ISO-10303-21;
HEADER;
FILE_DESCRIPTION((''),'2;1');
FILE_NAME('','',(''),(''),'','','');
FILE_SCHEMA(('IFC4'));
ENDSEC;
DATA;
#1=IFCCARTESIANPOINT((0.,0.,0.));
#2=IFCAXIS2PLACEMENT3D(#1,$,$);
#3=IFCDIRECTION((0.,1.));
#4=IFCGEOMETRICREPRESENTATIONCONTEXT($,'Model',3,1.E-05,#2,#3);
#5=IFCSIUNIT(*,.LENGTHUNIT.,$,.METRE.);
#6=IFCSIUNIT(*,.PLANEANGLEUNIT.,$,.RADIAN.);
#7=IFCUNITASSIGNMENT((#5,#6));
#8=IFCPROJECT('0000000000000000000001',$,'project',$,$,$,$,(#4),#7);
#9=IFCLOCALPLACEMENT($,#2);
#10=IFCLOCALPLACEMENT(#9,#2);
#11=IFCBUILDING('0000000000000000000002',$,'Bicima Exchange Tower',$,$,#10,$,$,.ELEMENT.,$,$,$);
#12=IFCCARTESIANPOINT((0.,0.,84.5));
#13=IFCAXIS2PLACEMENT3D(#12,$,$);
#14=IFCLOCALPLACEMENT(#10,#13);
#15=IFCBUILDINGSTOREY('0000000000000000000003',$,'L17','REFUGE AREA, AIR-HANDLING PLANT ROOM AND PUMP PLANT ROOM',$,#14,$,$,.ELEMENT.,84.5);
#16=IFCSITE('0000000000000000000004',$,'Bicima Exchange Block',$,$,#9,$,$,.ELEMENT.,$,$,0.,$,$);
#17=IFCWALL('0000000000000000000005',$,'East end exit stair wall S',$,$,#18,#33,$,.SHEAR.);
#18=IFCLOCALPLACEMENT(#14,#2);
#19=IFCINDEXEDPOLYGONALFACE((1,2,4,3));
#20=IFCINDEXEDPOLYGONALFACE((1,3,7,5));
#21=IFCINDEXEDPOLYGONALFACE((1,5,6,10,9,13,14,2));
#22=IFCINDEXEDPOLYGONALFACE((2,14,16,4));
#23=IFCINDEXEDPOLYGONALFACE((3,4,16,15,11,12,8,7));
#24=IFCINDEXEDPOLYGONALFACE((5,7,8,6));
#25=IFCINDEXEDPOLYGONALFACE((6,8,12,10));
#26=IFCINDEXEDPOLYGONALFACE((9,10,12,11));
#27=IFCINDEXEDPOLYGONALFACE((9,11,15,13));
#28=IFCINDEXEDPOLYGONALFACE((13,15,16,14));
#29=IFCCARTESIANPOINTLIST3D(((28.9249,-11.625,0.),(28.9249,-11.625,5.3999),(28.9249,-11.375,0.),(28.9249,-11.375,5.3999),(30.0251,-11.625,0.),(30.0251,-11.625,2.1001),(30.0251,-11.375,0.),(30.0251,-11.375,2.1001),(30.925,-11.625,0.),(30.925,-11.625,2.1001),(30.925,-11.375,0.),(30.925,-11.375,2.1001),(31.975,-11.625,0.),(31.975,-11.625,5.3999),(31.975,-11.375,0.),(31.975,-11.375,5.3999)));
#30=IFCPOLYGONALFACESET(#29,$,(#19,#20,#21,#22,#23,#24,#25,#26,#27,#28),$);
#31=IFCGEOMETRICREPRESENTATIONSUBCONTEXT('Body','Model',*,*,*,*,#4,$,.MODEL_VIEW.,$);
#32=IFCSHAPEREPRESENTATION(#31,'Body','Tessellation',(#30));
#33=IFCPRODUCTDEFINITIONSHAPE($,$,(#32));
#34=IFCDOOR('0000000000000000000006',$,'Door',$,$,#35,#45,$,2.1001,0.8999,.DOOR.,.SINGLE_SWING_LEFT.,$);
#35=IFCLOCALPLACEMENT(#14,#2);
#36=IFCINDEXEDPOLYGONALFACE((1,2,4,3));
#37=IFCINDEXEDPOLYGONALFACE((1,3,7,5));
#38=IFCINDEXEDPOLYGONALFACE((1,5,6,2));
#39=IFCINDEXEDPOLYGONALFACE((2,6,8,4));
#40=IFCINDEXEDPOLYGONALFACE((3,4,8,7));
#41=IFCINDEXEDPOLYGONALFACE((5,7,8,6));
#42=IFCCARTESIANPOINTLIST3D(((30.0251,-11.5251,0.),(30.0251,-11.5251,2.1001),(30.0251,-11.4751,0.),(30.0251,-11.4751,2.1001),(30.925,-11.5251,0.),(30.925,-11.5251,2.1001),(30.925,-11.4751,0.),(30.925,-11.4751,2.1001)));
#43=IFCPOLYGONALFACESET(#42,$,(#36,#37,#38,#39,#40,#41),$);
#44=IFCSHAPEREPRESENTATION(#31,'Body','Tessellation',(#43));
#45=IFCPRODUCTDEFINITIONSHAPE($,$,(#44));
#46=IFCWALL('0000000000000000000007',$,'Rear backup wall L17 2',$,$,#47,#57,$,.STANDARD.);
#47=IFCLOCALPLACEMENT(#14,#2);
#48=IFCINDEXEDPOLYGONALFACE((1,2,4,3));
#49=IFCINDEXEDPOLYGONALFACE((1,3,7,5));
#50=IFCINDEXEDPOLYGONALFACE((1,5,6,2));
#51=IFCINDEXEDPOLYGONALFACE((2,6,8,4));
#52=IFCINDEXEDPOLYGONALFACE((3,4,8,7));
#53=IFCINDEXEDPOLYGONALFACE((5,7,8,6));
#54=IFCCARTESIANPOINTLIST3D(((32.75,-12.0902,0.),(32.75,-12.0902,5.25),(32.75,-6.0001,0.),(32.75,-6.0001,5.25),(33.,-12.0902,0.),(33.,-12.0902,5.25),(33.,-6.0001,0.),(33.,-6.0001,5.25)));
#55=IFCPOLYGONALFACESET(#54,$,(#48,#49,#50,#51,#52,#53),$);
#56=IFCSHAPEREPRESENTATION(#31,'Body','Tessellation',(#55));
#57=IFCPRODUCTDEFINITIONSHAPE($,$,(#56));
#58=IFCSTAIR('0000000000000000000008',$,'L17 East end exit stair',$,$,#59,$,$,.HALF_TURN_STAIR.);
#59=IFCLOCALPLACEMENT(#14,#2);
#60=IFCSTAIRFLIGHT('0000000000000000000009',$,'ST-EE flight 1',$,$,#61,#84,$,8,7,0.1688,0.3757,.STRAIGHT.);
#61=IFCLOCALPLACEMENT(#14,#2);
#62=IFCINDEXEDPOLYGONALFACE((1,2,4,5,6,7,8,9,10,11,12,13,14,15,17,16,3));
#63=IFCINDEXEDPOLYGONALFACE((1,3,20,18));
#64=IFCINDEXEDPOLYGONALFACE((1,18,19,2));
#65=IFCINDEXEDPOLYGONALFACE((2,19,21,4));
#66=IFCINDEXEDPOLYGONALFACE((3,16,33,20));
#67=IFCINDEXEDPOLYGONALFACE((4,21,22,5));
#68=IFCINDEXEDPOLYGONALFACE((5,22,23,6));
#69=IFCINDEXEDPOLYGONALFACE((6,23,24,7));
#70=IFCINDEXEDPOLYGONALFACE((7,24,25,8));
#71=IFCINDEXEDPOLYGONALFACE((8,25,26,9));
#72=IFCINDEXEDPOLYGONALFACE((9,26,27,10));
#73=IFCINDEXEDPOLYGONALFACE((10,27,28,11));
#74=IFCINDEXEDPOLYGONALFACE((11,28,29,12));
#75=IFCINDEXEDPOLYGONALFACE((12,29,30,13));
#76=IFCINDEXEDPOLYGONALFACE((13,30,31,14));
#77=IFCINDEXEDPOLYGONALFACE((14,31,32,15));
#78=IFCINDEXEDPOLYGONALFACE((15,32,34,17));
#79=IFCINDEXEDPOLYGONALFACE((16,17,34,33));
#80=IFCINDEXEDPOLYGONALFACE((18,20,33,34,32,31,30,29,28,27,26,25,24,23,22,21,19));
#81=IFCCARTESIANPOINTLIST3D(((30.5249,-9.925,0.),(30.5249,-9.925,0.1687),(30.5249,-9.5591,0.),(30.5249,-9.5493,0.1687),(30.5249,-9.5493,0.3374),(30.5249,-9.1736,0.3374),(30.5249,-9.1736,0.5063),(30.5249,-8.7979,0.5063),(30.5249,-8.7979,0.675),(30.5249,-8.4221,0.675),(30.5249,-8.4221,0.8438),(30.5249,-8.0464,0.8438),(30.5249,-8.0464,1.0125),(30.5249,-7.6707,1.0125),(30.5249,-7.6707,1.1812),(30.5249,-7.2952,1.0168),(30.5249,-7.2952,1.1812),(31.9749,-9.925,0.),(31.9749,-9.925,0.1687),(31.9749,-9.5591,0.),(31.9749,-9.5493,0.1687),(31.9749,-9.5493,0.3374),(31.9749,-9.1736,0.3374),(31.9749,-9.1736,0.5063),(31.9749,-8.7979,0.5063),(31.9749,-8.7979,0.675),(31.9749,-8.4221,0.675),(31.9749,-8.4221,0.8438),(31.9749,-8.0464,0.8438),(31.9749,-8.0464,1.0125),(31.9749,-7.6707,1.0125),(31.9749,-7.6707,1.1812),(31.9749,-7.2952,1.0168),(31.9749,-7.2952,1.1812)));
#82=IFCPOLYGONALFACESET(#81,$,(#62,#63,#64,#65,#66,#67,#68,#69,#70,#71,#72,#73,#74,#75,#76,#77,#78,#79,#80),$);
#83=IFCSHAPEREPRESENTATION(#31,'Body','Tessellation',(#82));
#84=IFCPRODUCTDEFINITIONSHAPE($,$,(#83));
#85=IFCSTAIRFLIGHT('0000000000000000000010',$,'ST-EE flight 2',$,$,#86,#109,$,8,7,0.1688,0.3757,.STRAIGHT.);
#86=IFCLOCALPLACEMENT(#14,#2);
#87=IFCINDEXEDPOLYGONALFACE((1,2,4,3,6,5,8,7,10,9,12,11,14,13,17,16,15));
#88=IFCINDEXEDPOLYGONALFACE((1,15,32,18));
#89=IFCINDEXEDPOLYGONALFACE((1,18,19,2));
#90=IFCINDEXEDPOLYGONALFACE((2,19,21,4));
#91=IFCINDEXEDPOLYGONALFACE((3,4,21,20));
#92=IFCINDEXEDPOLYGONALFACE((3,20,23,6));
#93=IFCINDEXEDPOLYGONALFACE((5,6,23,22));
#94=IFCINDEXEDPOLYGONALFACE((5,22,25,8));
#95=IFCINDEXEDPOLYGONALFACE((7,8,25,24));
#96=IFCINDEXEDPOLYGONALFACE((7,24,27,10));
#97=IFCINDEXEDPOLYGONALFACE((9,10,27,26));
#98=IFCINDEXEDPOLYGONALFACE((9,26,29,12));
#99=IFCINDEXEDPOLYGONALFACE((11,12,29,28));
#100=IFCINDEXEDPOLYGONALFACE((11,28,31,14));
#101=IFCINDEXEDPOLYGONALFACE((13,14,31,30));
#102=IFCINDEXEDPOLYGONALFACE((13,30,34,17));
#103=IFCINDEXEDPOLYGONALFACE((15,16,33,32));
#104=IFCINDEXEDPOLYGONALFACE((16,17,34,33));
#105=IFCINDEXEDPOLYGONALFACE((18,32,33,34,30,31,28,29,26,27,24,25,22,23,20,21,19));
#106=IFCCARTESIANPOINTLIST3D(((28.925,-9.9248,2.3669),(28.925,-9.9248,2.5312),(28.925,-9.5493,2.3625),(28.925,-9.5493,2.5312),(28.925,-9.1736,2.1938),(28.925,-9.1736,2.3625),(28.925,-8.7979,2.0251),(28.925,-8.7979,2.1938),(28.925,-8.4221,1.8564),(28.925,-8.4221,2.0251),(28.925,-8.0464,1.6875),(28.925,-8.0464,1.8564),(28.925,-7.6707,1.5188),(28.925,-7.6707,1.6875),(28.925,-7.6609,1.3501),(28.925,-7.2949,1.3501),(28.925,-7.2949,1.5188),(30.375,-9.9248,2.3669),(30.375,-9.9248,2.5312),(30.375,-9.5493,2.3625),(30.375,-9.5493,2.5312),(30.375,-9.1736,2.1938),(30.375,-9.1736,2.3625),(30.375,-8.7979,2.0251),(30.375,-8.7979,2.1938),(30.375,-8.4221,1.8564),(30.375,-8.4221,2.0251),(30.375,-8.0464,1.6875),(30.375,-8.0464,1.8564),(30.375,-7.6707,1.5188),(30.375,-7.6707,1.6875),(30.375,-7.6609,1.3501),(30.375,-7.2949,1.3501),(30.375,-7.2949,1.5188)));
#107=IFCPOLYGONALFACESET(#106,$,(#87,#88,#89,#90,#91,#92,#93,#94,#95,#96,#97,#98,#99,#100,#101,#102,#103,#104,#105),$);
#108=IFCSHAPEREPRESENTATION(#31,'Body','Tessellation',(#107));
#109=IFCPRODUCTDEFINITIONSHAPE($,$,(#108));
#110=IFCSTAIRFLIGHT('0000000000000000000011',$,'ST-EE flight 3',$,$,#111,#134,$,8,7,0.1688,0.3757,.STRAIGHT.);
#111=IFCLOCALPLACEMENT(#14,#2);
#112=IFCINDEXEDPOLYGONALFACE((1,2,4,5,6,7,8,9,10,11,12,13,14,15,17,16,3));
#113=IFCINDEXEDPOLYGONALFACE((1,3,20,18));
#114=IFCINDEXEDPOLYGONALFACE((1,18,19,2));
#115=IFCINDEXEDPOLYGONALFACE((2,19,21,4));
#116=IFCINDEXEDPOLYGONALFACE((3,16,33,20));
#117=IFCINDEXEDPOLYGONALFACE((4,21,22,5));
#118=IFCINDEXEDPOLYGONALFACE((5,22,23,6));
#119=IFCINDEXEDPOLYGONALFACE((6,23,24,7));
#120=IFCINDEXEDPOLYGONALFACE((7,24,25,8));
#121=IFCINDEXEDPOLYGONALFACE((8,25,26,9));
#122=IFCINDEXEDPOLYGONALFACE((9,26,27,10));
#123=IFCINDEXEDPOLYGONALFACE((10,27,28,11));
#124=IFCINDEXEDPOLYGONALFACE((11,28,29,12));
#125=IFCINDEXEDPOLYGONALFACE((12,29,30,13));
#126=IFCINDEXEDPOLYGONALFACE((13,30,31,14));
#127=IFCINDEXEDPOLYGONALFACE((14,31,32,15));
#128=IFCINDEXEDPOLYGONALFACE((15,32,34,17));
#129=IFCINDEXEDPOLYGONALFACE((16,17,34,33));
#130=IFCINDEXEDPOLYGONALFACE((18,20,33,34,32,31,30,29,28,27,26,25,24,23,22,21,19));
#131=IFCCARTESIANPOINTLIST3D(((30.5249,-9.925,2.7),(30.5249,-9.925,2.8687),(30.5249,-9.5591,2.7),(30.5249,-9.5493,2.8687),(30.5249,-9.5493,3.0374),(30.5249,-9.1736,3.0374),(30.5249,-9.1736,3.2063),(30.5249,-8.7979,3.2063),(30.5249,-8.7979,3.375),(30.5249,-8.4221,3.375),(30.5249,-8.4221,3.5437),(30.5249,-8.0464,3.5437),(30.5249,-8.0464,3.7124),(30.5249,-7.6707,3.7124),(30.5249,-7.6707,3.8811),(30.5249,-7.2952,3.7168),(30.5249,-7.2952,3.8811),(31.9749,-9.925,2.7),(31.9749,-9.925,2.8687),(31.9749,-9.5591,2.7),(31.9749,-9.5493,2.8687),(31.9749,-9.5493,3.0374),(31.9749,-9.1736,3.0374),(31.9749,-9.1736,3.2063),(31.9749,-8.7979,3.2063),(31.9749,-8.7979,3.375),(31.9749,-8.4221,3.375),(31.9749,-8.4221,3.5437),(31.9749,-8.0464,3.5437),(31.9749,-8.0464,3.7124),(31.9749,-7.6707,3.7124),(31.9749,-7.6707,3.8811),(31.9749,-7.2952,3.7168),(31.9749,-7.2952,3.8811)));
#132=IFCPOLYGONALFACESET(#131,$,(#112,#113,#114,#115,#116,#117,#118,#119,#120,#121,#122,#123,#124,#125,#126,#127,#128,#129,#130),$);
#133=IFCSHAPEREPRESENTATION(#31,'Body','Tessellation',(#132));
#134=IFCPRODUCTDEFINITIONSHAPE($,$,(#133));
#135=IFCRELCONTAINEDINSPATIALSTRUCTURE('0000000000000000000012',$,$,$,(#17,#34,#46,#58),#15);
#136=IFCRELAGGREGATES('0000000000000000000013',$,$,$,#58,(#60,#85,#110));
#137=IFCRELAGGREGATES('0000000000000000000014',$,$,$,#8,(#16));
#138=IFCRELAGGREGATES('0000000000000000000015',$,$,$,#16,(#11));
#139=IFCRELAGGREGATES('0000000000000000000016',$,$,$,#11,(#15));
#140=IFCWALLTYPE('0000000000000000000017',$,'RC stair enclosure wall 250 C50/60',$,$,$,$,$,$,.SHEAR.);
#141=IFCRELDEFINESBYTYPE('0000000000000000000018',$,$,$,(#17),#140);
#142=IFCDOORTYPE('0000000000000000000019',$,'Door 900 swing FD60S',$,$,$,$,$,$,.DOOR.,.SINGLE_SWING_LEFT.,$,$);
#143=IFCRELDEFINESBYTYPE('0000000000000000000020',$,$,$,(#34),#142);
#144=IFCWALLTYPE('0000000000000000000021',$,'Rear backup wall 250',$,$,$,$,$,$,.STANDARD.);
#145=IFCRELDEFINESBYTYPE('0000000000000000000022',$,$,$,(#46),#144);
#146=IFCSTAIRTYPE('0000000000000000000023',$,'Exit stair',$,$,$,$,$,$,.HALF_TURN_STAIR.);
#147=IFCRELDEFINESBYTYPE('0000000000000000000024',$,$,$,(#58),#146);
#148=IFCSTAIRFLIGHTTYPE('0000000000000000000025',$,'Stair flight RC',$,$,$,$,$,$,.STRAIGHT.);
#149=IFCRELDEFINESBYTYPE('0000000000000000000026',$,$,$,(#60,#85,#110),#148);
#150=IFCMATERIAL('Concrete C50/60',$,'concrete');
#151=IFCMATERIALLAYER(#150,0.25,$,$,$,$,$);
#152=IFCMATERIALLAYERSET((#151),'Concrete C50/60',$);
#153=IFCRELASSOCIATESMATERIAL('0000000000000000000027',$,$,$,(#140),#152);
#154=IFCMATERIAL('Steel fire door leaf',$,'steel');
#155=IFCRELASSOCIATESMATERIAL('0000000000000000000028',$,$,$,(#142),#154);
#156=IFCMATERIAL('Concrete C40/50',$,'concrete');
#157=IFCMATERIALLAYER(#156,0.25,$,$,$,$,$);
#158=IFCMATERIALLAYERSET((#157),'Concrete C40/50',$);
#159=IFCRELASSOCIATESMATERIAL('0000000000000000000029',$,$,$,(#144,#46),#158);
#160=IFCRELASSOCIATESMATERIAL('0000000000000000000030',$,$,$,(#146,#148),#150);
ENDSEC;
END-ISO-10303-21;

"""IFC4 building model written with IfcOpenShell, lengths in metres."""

from ifc_helpers import new_model, si_unit, direction, frame, frame_2d, origin, place, context, subcontext, project, spatial, polyline, rectangle, outline, extrude, material, layer, layer_set, layer_usage, type_object, element, fill, aggregate, save


model = new_model("IFC4")

# Units and contexts
model_context = context("Model", 3, precision=1e-05, world=origin(), true_north=direction((0.0, 1.0)))
body_context = subcontext(model_context, "Body", "Model", "MODEL_VIEW")
ifc_project = project(units=[si_unit("LENGTHUNIT", "METRE"), si_unit("PLANEANGLEUNIT", "RADIAN")], contexts=[model_context])

# Site, building, storey
site_placement = place(None, origin())
site = spatial("IfcSite", under=ifc_project, at=site_placement, Name="Bicima Exchange Block", CompositionType="ELEMENT", RefElevation=0.0)
building_placement = place(site_placement, origin())
building = spatial("IfcBuilding", under=site, at=building_placement, Name="Bicima Exchange Tower", CompositionType="ELEMENT")
storey_placement = place(building_placement, frame((0.0, 0.0, 84.5)))
storey = spatial("IfcBuildingStorey", under=building, at=storey_placement, Name="L17", Description="REFUGE AREA, AIR-HANDLING PLANT ROOM AND PUMP PLANT ROOM", CompositionType="ELEMENT", Elevation=84.5)

# Shared definitions
ifc_material_1 = material(Name="Steel fire door leaf", Category="steel")

# Shared definitions
ifc_material_2 = material(Name="Concrete C50/60", Category="concrete")
ifc_layer_1 = layer(ifc_material_2, 0.25)
ifc_layer_set_1 = layer_set([ifc_layer_1], Name="Concrete C50/60")
wall_type_1 = type_object("IfcWallType", Name="RC stair enclosure wall 250 C50/60", PredefinedType="SHEAR", material=ifc_layer_set_1)

# Wall, opening, door
wall_1_placement = place(storey_placement, frame((28.925, -11.5, 0.0), z_axis=(0.0, 0.0, 1.0), x_axis=(1.0, 0.0, 0.0)))
wall_1 = element("IfcWall", 1, at=wall_1_placement, inside=storey, type_object=wall_type_1, Name="East end exit stair wall S", PredefinedType="SHEAR", context=body_context, shape_type="SweptSolid", body=[
    extrude(rectangle(XDim=3.05, YDim=0.25, at=frame_2d((1.5249, 0.0))), origin(), (0.0, 0.0, 1.0), 5.3999),
])
opening_1_placement = place(wall_1_placement, frame((1.1001, 0.0, 0.0)))
opening_1 = element("IfcOpeningElement", 2, at=opening_1_placement, cuts=wall_1, PredefinedType="OPENING", context=body_context, shape_type="SweptSolid", body=[
    extrude(rectangle(XDim=0.8999, YDim=2.1001, at=frame_2d((0.45, 1.05))), frame((0.0, 0.137, 0.0), z_axis=(0.0, -1.0, 0.0), x_axis=(1.0, 0.0, 0.0)), (0.0, 0.0, 1.0), 0.2739),
])
door_type_1 = type_object("IfcDoorType", Name="Door 900 swing FD60S", OperationType="SINGLE_SWING_LEFT", PredefinedType="DOOR", material=ifc_material_1)
door_1_placement = place(opening_1_placement, origin())
door_1 = element("IfcDoor", 3, at=door_1_placement, inside=storey, type_object=door_type_1, Name="Door", OperationType="SINGLE_SWING_LEFT", OverallHeight=2.1001, OverallWidth=0.8999, PredefinedType="DOOR", context=body_context, shape_type="SweptSolid", body=[
    extrude(rectangle(XDim=0.8999, YDim=2.1001, at=frame_2d((0.45, 1.05))), frame((0.0, 0.0249, 0.0), z_axis=(0.0, -1.0, 0.0), x_axis=(1.0, 0.0, 0.0)), (0.0, 0.0, 1.0), 0.05),
])
fill(opening_1, door_1)

# Wall
ifc_material_3 = material(Name="Concrete C40/50", Category="concrete")
ifc_layer_2 = layer(ifc_material_3, 0.25)
ifc_layer_set_2 = layer_set([ifc_layer_2], Name="Concrete C40/50")
ifc_layer_usage = layer_usage(ifc_layer_set_2, "AXIS2", "POSITIVE", -0.125)
wall_type_2 = type_object("IfcWallType", Name="Rear backup wall 250", PredefinedType="STANDARD", material=ifc_layer_set_2)
wall_2_placement = place(storey_placement, frame((32.875, -12.0901, 0.0), z_axis=(0.0, 0.0, 1.0), x_axis=(0.0, 1.0, 0.0)))
element("IfcWall", 4, at=wall_2_placement, inside=storey, type_object=wall_type_2, material=ifc_layer_usage, Name="Rear backup wall L17 2", PredefinedType="STANDARD", context=body_context, shape_type="SweptSolid", body=[
    extrude(rectangle(XDim=6.0901, YDim=0.25, at=frame_2d((3.0449, 0.0))), origin(), (0.0, 0.0, 1.0), 5.25),
])

# Stair, stair flights
stair_type = type_object("IfcStairType", Name="Exit stair", PredefinedType="HALF_TURN_STAIR", material=ifc_material_2)
stair_placement = place(storey_placement, origin())
stair = element("IfcStair", 5, at=stair_placement, inside=storey, type_object=stair_type, Name="L17 East end exit stair", PredefinedType="HALF_TURN_STAIR")
stair_flight_type = type_object("IfcStairFlightType", Name="Stair flight RC", PredefinedType="STRAIGHT", material=ifc_material_2)
stair_flight_1_placement = place(storey_placement, frame((31.25, -9.925, 0.0), z_axis=(0.0, 0.0, 1.0), x_axis=(0.0, 1.0, 0.0)))
stair_flight_1 = element("IfcStairFlight", 6, at=stair_flight_1_placement, type_object=stair_flight_type, Name="ST-EE flight 1", NumberOfRisers=8, NumberOfTreads=7, PredefinedType="STRAIGHT", RiserHeight=0.1688, TreadLength=0.3757, context=body_context, shape_type="SweptSolid", body=[
    extrude(outline(polyline([(0.0, 0.0), (0.0, 0.1687), (0.3757, 0.1687), (0.3757, 0.3374), (0.7515, 0.3374), (0.7515, 0.5063), (1.1272, 0.5063), (1.1272, 0.675), (1.5029, 0.675), (1.5029, 0.8438), (1.8787, 0.8438), (1.8787, 1.0125), (2.2544, 1.0125), (2.2544, 1.1812), (2.6299, 1.1812), (2.6299, 1.3501), (2.6299, 1.0168), (0.366, 0.0), (0.0, 0.0)])), frame((0.0, 0.7251, 0.0), z_axis=(0.0, -1.0, 0.0), x_axis=(1.0, 0.0, 0.0)), (0.0, 0.0, 1.0), 1.45),
])
stair_flight_2_placement = place(storey_placement, frame((29.6499, -7.2949, 1.3501), z_axis=(0.0, 0.0, 1.0), x_axis=(0.0, -1.0, 0.0)))
stair_flight_2 = element("IfcStairFlight", 7, at=stair_flight_2_placement, type_object=stair_flight_type, Name="ST-EE flight 2", NumberOfRisers=8, NumberOfTreads=7, PredefinedType="STRAIGHT", RiserHeight=0.1688, TreadLength=0.3757, context=body_context, shape_type="SweptSolid", body=[
    extrude(outline(polyline([(0.0, 0.0), (0.0, 0.1687), (0.3757, 0.1687), (0.3757, 0.3374), (0.7515, 0.3374), (0.7515, 0.5063), (1.1272, 0.5063), (1.1272, 0.675), (1.5029, 0.675), (1.5029, 0.8438), (1.8787, 0.8438), (1.8787, 1.0125), (2.2544, 1.0125), (2.2544, 1.1812), (2.6299, 1.1812), (2.6299, 1.3501), (2.6299, 1.0168), (0.366, 0.0), (0.0, 0.0)])), frame((0.0, 0.7251, 0.0), z_axis=(0.0, -1.0, 0.0), x_axis=(1.0, 0.0, 0.0)), (0.0, 0.0, 1.0), 1.45),
])
stair_flight_3_placement = place(storey_placement, frame((31.25, -9.925, 2.7), z_axis=(0.0, 0.0, 1.0), x_axis=(0.0, 1.0, 0.0)))
stair_flight_3 = element("IfcStairFlight", 8, at=stair_flight_3_placement, type_object=stair_flight_type, Name="ST-EE flight 3", NumberOfRisers=8, NumberOfTreads=7, PredefinedType="STRAIGHT", RiserHeight=0.1688, TreadLength=0.3757, context=body_context, shape_type="SweptSolid", body=[
    extrude(outline(polyline([(0.0, 0.0), (0.0, 0.1687), (0.3757, 0.1687), (0.3757, 0.3374), (0.7515, 0.3374), (0.7515, 0.5063), (1.1272, 0.5063), (1.1272, 0.675), (1.5029, 0.675), (1.5029, 0.8438), (1.8787, 0.8438), (1.8787, 1.0125), (2.2544, 1.0125), (2.2544, 1.1812), (2.6299, 1.1812), (2.6299, 1.3501), (2.6299, 1.0168), (0.366, 0.0), (0.0, 0.0)])), frame((0.0, 0.7251, 0.0), z_axis=(0.0, -1.0, 0.0), x_axis=(1.0, 0.0, 0.0)), (0.0, 0.0, 1.0), 1.45),
])
aggregate(stair, [stair_flight_1, stair_flight_2, stair_flight_3])

save(model, "model.ifc")
